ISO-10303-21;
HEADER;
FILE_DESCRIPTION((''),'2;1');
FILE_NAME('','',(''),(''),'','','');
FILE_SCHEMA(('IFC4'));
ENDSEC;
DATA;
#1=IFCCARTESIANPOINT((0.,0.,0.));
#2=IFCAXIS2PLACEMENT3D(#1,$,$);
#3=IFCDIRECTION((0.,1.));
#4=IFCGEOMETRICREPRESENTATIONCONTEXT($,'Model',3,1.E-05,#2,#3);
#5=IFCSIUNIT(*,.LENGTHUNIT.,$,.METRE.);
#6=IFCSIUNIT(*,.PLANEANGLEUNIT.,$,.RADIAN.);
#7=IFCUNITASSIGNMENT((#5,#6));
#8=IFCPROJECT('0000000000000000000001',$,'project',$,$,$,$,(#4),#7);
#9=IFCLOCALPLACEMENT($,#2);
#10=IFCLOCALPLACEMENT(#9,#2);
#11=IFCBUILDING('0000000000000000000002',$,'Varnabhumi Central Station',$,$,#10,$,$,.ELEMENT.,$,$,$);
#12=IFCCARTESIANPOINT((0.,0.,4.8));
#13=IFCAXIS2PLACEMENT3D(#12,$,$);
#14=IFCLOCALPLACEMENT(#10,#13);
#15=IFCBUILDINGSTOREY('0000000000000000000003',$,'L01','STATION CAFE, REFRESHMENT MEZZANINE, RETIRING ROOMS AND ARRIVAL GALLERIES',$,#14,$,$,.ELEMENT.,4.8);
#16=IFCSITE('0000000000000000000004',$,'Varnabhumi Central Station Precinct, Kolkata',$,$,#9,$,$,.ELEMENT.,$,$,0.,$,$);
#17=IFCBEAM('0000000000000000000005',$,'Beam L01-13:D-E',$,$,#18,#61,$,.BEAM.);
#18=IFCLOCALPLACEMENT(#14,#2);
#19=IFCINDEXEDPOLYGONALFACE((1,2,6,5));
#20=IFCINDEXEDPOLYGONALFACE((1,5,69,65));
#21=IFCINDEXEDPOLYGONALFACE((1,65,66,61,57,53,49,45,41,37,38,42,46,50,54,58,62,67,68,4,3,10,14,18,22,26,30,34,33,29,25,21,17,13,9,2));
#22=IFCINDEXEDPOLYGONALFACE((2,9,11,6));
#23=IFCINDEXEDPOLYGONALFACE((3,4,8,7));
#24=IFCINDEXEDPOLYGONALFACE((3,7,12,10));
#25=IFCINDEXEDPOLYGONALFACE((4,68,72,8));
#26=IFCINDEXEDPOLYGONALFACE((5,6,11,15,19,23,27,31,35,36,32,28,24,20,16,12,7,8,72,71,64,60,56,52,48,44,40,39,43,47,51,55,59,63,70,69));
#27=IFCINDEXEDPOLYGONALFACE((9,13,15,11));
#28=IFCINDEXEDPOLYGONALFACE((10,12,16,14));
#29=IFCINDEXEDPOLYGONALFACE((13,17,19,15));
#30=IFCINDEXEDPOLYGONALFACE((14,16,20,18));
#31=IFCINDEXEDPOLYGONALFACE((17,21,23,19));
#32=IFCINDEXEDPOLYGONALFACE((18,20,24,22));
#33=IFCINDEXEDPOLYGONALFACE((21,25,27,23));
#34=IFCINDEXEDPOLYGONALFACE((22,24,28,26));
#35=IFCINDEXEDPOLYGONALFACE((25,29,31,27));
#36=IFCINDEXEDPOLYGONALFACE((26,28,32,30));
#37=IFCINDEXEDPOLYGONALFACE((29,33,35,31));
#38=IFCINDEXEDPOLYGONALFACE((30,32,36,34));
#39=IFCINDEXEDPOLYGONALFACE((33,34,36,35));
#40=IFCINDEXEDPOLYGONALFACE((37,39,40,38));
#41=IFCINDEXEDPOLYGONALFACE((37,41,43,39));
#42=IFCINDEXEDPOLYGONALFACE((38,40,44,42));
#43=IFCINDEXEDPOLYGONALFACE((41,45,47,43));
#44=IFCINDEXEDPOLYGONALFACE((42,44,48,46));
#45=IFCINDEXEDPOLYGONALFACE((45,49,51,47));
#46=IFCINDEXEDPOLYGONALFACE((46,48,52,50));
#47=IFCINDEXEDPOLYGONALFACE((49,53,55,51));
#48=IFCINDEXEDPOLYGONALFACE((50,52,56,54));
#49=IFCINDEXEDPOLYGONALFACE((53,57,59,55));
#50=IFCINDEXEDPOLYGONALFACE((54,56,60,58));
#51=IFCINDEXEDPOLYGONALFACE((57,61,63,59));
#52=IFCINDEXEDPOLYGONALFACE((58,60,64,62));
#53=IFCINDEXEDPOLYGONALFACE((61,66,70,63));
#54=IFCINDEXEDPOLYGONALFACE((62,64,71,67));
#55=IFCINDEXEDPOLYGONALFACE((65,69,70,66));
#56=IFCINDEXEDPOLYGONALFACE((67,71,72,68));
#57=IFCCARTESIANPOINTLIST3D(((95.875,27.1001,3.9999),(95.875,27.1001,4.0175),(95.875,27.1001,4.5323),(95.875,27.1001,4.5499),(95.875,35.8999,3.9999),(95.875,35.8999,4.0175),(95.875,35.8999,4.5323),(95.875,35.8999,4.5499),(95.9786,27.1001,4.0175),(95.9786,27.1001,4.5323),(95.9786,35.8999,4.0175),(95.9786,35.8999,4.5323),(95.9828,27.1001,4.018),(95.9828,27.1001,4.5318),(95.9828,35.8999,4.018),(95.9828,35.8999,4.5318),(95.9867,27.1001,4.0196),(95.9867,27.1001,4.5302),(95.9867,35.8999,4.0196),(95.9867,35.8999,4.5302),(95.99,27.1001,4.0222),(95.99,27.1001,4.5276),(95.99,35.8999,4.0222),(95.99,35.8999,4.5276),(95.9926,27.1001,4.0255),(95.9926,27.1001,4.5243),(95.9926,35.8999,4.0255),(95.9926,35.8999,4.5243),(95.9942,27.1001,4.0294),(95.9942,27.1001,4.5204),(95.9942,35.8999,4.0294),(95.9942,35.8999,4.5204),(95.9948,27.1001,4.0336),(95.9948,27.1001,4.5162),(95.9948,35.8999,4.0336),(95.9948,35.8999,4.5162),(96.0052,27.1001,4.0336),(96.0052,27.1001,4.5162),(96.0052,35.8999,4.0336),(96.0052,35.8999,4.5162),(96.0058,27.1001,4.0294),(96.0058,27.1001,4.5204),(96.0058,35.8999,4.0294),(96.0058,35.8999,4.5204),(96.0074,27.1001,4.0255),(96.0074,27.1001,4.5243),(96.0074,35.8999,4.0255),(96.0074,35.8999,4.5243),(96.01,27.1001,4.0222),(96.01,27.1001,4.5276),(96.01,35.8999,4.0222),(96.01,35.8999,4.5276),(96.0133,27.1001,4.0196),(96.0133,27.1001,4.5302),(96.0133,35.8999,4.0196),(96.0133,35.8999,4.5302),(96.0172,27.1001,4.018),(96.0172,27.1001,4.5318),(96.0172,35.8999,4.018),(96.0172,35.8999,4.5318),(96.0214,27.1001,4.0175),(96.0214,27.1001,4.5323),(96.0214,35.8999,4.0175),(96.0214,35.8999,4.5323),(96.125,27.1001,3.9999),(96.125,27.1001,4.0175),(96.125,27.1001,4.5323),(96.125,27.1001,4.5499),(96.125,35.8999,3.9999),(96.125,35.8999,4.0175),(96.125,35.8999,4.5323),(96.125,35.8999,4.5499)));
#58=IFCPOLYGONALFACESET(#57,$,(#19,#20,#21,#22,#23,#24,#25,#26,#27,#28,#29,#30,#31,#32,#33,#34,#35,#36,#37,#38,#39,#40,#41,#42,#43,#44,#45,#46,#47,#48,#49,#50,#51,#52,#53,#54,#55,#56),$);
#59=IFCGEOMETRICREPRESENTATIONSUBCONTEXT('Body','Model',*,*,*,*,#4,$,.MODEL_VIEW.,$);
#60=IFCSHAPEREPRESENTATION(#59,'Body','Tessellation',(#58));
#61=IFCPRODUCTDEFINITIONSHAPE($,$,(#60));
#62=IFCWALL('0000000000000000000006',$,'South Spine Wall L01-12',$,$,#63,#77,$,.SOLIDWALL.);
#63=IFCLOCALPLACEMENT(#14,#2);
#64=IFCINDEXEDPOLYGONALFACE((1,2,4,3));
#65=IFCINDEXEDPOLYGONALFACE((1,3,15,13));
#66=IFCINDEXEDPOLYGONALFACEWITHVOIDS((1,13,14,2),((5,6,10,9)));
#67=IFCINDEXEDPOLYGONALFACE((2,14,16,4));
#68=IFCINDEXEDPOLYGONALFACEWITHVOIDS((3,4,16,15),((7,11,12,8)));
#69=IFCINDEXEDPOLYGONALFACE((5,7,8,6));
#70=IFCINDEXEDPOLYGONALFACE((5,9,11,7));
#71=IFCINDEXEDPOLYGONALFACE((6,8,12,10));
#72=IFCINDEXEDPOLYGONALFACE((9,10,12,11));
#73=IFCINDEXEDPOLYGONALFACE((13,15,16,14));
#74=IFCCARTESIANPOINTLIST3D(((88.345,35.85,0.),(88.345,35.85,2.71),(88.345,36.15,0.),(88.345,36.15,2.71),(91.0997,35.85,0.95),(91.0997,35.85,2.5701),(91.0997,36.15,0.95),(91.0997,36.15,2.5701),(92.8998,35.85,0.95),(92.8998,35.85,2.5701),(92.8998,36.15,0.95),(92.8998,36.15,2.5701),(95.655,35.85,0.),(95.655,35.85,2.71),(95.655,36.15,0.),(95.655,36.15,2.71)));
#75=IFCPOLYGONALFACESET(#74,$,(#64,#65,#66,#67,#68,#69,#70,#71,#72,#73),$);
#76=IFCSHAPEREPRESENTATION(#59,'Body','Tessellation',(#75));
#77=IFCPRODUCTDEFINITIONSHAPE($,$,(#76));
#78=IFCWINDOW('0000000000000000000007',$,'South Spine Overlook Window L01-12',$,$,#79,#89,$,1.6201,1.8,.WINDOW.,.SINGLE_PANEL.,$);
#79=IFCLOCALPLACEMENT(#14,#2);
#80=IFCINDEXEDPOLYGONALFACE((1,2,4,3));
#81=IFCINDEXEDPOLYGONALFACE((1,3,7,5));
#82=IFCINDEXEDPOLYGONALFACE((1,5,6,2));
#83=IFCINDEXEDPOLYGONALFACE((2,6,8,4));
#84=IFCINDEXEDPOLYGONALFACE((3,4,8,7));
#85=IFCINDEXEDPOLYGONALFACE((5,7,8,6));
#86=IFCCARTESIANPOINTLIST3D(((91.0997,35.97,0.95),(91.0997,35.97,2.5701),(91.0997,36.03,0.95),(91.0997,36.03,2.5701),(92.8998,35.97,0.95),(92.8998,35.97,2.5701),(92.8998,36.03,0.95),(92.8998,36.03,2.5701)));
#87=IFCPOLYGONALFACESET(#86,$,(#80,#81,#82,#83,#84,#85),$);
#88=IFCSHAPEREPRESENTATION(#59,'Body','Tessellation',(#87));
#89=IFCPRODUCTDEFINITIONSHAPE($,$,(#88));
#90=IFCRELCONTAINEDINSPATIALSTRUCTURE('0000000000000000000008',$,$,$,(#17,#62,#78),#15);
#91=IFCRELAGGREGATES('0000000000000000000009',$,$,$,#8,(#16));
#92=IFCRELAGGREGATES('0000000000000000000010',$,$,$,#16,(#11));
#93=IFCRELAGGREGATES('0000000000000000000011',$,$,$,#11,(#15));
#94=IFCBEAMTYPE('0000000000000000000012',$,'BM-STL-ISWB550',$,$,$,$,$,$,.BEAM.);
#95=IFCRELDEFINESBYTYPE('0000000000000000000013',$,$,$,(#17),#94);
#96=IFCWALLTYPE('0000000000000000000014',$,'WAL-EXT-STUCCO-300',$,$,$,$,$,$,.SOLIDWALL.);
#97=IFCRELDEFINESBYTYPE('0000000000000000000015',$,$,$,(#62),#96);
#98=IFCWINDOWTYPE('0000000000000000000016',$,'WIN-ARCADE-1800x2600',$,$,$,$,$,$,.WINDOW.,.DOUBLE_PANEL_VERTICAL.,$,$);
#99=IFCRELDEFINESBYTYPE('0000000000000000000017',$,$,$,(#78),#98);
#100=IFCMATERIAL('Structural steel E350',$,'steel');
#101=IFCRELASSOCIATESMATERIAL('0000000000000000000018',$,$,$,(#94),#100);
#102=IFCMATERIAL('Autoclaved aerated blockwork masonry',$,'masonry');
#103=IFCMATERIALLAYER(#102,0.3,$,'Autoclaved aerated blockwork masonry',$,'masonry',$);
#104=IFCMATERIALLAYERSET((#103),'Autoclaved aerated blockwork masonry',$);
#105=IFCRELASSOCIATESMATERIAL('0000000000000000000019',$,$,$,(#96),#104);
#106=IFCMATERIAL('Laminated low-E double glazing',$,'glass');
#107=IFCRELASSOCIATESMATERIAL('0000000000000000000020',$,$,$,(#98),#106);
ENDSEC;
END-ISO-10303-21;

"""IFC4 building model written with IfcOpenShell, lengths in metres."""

from ifc_helpers import new_model, si_unit, direction, frame, frame_2d, origin, origin_2d, place, context, subcontext, project, spatial, rectangle, i_section, extrude, material, layer, layer_set, material_profile, profile_set, type_object, element, fill, save


model = new_model("IFC4")

# Units and contexts
model_context = context("Model", 3, precision=1e-05, world=origin(), true_north=direction((0.0, 1.0)))
body_context = subcontext(model_context, "Body", "Model", "MODEL_VIEW")
ifc_project = project(units=[si_unit("LENGTHUNIT", "METRE"), si_unit("PLANEANGLEUNIT", "RADIAN")], contexts=[model_context])

# Site, building, storey
site_placement = place(None, origin())
site = spatial("IfcSite", under=ifc_project, at=site_placement, Name="Varnabhumi Central Station Precinct, Kolkata", CompositionType="ELEMENT", RefElevation=0.0)
building_placement = place(site_placement, origin())
building = spatial("IfcBuilding", under=site, at=building_placement, Name="Varnabhumi Central Station", CompositionType="ELEMENT")
storey_placement = place(building_placement, frame((0.0, 0.0, 4.8)))
storey = spatial("IfcBuildingStorey", under=building, at=storey_placement, Name="L01", Description="STATION CAFE, REFRESHMENT MEZZANINE, RETIRING ROOMS AND ARRIVAL GALLERIES", CompositionType="ELEMENT", Elevation=4.8)

# Beam
ifc_material_1 = material(Name="Structural steel E350", Category="steel")
ifc_material_profile_1 = material_profile(ifc_material_1, i_section(OverallWidth=0.25, OverallDepth=0.55, WebThickness=0.0105, FlangeThickness=0.0176, FilletRadius=0.0161, at=origin_2d()), Name="Structural steel E350", Category="steel")
ifc_profile_set_1 = profile_set([ifc_material_profile_1], Name="Structural steel E350")
beam_type_1 = type_object("IfcBeamType", Name="BM-STL-ISWB550", PredefinedType="BEAM", material=ifc_profile_set_1)
for number, where, z_axis, x_axis, name in (
    (1, (96.0, 27.1001, 4.2749), (0.0, 1.0, 0.0), (-1.0, 0.0, 0.0), "Beam L01-13:D-E"),
):
    element("IfcBeam", number, at=place(storey_placement, frame(where, z_axis=z_axis, x_axis=x_axis)), inside=storey, type_object=beam_type_1, Name=name, PredefinedType="BEAM", context=body_context, shape_type="SweptSolid", body=[
        extrude(i_section(OverallWidth=0.25, OverallDepth=0.55, WebThickness=0.0105, FlangeThickness=0.0176, FilletRadius=0.0161, at=origin_2d()), origin(), (0.0, 0.0, 1.0), 8.7998),
    ])

# Wall, opening, window
ifc_material_2 = material(Name="Autoclaved aerated blockwork masonry", Category="masonry")
ifc_layer = layer(ifc_material_2, 0.3, Name="Autoclaved aerated blockwork masonry", Category="masonry")
ifc_layer_set = layer_set([ifc_layer], Name="Autoclaved aerated blockwork masonry")
wall_type = type_object("IfcWallType", Name="WAL-EXT-STUCCO-300", PredefinedType="SOLIDWALL", material=ifc_layer_set)
wall_placement = place(storey_placement, frame((88.345, 36.0, 0.0), z_axis=(0.0, 0.0, 1.0), x_axis=(1.0, 0.0, 0.0)))
wall = element("IfcWall", 2, at=wall_placement, inside=storey, type_object=wall_type, Name="South Spine Wall L01-12", PredefinedType="SOLIDWALL", context=body_context, shape_type="SweptSolid", body=[
    extrude(rectangle(XDim=7.3101, YDim=0.3, at=frame_2d((3.655, 0.0))), origin(), (0.0, 0.0, 1.0), 2.71),
])
opening_placement = place(wall_placement, frame((2.7549, 0.0, 0.95)))
opening = element("IfcOpeningElement", 3, at=opening_placement, cuts=wall, PredefinedType="OPENING", context=body_context, shape_type="SweptSolid", body=[
    extrude(rectangle(XDim=1.8, YDim=1.6201, at=frame_2d((0.8999, 0.8101))), frame((0.0, 0.1599, 0.0), z_axis=(0.0, -1.0, 0.0), x_axis=(1.0, 0.0, 0.0)), (0.0, 0.0, 1.0), 0.3201),
])
ifc_material_3 = material(Name="Laminated low-E double glazing", Category="glass")
window_type = type_object("IfcWindowType", Name="WIN-ARCADE-1800x2600", PartitioningType="DOUBLE_PANEL_VERTICAL", PredefinedType="WINDOW", material=ifc_material_3)
window_placement = place(opening_placement, origin())
window = element("IfcWindow", 4, at=window_placement, inside=storey, type_object=window_type, Name="South Spine Overlook Window L01-12", OverallHeight=1.6201, OverallWidth=1.8, PartitioningType="SINGLE_PANEL", PredefinedType="WINDOW", context=body_context, shape_type="SweptSolid", body=[
    extrude(rectangle(XDim=1.8, YDim=1.6201, at=frame_2d((0.8999, 0.8101))), frame((0.0, 0.03, 0.0), z_axis=(0.0, -1.0, 0.0), x_axis=(1.0, 0.0, 0.0)), (0.0, 0.0, 1.0), 0.0601),
])
fill(opening, window)

save(model, "model.ifc")
